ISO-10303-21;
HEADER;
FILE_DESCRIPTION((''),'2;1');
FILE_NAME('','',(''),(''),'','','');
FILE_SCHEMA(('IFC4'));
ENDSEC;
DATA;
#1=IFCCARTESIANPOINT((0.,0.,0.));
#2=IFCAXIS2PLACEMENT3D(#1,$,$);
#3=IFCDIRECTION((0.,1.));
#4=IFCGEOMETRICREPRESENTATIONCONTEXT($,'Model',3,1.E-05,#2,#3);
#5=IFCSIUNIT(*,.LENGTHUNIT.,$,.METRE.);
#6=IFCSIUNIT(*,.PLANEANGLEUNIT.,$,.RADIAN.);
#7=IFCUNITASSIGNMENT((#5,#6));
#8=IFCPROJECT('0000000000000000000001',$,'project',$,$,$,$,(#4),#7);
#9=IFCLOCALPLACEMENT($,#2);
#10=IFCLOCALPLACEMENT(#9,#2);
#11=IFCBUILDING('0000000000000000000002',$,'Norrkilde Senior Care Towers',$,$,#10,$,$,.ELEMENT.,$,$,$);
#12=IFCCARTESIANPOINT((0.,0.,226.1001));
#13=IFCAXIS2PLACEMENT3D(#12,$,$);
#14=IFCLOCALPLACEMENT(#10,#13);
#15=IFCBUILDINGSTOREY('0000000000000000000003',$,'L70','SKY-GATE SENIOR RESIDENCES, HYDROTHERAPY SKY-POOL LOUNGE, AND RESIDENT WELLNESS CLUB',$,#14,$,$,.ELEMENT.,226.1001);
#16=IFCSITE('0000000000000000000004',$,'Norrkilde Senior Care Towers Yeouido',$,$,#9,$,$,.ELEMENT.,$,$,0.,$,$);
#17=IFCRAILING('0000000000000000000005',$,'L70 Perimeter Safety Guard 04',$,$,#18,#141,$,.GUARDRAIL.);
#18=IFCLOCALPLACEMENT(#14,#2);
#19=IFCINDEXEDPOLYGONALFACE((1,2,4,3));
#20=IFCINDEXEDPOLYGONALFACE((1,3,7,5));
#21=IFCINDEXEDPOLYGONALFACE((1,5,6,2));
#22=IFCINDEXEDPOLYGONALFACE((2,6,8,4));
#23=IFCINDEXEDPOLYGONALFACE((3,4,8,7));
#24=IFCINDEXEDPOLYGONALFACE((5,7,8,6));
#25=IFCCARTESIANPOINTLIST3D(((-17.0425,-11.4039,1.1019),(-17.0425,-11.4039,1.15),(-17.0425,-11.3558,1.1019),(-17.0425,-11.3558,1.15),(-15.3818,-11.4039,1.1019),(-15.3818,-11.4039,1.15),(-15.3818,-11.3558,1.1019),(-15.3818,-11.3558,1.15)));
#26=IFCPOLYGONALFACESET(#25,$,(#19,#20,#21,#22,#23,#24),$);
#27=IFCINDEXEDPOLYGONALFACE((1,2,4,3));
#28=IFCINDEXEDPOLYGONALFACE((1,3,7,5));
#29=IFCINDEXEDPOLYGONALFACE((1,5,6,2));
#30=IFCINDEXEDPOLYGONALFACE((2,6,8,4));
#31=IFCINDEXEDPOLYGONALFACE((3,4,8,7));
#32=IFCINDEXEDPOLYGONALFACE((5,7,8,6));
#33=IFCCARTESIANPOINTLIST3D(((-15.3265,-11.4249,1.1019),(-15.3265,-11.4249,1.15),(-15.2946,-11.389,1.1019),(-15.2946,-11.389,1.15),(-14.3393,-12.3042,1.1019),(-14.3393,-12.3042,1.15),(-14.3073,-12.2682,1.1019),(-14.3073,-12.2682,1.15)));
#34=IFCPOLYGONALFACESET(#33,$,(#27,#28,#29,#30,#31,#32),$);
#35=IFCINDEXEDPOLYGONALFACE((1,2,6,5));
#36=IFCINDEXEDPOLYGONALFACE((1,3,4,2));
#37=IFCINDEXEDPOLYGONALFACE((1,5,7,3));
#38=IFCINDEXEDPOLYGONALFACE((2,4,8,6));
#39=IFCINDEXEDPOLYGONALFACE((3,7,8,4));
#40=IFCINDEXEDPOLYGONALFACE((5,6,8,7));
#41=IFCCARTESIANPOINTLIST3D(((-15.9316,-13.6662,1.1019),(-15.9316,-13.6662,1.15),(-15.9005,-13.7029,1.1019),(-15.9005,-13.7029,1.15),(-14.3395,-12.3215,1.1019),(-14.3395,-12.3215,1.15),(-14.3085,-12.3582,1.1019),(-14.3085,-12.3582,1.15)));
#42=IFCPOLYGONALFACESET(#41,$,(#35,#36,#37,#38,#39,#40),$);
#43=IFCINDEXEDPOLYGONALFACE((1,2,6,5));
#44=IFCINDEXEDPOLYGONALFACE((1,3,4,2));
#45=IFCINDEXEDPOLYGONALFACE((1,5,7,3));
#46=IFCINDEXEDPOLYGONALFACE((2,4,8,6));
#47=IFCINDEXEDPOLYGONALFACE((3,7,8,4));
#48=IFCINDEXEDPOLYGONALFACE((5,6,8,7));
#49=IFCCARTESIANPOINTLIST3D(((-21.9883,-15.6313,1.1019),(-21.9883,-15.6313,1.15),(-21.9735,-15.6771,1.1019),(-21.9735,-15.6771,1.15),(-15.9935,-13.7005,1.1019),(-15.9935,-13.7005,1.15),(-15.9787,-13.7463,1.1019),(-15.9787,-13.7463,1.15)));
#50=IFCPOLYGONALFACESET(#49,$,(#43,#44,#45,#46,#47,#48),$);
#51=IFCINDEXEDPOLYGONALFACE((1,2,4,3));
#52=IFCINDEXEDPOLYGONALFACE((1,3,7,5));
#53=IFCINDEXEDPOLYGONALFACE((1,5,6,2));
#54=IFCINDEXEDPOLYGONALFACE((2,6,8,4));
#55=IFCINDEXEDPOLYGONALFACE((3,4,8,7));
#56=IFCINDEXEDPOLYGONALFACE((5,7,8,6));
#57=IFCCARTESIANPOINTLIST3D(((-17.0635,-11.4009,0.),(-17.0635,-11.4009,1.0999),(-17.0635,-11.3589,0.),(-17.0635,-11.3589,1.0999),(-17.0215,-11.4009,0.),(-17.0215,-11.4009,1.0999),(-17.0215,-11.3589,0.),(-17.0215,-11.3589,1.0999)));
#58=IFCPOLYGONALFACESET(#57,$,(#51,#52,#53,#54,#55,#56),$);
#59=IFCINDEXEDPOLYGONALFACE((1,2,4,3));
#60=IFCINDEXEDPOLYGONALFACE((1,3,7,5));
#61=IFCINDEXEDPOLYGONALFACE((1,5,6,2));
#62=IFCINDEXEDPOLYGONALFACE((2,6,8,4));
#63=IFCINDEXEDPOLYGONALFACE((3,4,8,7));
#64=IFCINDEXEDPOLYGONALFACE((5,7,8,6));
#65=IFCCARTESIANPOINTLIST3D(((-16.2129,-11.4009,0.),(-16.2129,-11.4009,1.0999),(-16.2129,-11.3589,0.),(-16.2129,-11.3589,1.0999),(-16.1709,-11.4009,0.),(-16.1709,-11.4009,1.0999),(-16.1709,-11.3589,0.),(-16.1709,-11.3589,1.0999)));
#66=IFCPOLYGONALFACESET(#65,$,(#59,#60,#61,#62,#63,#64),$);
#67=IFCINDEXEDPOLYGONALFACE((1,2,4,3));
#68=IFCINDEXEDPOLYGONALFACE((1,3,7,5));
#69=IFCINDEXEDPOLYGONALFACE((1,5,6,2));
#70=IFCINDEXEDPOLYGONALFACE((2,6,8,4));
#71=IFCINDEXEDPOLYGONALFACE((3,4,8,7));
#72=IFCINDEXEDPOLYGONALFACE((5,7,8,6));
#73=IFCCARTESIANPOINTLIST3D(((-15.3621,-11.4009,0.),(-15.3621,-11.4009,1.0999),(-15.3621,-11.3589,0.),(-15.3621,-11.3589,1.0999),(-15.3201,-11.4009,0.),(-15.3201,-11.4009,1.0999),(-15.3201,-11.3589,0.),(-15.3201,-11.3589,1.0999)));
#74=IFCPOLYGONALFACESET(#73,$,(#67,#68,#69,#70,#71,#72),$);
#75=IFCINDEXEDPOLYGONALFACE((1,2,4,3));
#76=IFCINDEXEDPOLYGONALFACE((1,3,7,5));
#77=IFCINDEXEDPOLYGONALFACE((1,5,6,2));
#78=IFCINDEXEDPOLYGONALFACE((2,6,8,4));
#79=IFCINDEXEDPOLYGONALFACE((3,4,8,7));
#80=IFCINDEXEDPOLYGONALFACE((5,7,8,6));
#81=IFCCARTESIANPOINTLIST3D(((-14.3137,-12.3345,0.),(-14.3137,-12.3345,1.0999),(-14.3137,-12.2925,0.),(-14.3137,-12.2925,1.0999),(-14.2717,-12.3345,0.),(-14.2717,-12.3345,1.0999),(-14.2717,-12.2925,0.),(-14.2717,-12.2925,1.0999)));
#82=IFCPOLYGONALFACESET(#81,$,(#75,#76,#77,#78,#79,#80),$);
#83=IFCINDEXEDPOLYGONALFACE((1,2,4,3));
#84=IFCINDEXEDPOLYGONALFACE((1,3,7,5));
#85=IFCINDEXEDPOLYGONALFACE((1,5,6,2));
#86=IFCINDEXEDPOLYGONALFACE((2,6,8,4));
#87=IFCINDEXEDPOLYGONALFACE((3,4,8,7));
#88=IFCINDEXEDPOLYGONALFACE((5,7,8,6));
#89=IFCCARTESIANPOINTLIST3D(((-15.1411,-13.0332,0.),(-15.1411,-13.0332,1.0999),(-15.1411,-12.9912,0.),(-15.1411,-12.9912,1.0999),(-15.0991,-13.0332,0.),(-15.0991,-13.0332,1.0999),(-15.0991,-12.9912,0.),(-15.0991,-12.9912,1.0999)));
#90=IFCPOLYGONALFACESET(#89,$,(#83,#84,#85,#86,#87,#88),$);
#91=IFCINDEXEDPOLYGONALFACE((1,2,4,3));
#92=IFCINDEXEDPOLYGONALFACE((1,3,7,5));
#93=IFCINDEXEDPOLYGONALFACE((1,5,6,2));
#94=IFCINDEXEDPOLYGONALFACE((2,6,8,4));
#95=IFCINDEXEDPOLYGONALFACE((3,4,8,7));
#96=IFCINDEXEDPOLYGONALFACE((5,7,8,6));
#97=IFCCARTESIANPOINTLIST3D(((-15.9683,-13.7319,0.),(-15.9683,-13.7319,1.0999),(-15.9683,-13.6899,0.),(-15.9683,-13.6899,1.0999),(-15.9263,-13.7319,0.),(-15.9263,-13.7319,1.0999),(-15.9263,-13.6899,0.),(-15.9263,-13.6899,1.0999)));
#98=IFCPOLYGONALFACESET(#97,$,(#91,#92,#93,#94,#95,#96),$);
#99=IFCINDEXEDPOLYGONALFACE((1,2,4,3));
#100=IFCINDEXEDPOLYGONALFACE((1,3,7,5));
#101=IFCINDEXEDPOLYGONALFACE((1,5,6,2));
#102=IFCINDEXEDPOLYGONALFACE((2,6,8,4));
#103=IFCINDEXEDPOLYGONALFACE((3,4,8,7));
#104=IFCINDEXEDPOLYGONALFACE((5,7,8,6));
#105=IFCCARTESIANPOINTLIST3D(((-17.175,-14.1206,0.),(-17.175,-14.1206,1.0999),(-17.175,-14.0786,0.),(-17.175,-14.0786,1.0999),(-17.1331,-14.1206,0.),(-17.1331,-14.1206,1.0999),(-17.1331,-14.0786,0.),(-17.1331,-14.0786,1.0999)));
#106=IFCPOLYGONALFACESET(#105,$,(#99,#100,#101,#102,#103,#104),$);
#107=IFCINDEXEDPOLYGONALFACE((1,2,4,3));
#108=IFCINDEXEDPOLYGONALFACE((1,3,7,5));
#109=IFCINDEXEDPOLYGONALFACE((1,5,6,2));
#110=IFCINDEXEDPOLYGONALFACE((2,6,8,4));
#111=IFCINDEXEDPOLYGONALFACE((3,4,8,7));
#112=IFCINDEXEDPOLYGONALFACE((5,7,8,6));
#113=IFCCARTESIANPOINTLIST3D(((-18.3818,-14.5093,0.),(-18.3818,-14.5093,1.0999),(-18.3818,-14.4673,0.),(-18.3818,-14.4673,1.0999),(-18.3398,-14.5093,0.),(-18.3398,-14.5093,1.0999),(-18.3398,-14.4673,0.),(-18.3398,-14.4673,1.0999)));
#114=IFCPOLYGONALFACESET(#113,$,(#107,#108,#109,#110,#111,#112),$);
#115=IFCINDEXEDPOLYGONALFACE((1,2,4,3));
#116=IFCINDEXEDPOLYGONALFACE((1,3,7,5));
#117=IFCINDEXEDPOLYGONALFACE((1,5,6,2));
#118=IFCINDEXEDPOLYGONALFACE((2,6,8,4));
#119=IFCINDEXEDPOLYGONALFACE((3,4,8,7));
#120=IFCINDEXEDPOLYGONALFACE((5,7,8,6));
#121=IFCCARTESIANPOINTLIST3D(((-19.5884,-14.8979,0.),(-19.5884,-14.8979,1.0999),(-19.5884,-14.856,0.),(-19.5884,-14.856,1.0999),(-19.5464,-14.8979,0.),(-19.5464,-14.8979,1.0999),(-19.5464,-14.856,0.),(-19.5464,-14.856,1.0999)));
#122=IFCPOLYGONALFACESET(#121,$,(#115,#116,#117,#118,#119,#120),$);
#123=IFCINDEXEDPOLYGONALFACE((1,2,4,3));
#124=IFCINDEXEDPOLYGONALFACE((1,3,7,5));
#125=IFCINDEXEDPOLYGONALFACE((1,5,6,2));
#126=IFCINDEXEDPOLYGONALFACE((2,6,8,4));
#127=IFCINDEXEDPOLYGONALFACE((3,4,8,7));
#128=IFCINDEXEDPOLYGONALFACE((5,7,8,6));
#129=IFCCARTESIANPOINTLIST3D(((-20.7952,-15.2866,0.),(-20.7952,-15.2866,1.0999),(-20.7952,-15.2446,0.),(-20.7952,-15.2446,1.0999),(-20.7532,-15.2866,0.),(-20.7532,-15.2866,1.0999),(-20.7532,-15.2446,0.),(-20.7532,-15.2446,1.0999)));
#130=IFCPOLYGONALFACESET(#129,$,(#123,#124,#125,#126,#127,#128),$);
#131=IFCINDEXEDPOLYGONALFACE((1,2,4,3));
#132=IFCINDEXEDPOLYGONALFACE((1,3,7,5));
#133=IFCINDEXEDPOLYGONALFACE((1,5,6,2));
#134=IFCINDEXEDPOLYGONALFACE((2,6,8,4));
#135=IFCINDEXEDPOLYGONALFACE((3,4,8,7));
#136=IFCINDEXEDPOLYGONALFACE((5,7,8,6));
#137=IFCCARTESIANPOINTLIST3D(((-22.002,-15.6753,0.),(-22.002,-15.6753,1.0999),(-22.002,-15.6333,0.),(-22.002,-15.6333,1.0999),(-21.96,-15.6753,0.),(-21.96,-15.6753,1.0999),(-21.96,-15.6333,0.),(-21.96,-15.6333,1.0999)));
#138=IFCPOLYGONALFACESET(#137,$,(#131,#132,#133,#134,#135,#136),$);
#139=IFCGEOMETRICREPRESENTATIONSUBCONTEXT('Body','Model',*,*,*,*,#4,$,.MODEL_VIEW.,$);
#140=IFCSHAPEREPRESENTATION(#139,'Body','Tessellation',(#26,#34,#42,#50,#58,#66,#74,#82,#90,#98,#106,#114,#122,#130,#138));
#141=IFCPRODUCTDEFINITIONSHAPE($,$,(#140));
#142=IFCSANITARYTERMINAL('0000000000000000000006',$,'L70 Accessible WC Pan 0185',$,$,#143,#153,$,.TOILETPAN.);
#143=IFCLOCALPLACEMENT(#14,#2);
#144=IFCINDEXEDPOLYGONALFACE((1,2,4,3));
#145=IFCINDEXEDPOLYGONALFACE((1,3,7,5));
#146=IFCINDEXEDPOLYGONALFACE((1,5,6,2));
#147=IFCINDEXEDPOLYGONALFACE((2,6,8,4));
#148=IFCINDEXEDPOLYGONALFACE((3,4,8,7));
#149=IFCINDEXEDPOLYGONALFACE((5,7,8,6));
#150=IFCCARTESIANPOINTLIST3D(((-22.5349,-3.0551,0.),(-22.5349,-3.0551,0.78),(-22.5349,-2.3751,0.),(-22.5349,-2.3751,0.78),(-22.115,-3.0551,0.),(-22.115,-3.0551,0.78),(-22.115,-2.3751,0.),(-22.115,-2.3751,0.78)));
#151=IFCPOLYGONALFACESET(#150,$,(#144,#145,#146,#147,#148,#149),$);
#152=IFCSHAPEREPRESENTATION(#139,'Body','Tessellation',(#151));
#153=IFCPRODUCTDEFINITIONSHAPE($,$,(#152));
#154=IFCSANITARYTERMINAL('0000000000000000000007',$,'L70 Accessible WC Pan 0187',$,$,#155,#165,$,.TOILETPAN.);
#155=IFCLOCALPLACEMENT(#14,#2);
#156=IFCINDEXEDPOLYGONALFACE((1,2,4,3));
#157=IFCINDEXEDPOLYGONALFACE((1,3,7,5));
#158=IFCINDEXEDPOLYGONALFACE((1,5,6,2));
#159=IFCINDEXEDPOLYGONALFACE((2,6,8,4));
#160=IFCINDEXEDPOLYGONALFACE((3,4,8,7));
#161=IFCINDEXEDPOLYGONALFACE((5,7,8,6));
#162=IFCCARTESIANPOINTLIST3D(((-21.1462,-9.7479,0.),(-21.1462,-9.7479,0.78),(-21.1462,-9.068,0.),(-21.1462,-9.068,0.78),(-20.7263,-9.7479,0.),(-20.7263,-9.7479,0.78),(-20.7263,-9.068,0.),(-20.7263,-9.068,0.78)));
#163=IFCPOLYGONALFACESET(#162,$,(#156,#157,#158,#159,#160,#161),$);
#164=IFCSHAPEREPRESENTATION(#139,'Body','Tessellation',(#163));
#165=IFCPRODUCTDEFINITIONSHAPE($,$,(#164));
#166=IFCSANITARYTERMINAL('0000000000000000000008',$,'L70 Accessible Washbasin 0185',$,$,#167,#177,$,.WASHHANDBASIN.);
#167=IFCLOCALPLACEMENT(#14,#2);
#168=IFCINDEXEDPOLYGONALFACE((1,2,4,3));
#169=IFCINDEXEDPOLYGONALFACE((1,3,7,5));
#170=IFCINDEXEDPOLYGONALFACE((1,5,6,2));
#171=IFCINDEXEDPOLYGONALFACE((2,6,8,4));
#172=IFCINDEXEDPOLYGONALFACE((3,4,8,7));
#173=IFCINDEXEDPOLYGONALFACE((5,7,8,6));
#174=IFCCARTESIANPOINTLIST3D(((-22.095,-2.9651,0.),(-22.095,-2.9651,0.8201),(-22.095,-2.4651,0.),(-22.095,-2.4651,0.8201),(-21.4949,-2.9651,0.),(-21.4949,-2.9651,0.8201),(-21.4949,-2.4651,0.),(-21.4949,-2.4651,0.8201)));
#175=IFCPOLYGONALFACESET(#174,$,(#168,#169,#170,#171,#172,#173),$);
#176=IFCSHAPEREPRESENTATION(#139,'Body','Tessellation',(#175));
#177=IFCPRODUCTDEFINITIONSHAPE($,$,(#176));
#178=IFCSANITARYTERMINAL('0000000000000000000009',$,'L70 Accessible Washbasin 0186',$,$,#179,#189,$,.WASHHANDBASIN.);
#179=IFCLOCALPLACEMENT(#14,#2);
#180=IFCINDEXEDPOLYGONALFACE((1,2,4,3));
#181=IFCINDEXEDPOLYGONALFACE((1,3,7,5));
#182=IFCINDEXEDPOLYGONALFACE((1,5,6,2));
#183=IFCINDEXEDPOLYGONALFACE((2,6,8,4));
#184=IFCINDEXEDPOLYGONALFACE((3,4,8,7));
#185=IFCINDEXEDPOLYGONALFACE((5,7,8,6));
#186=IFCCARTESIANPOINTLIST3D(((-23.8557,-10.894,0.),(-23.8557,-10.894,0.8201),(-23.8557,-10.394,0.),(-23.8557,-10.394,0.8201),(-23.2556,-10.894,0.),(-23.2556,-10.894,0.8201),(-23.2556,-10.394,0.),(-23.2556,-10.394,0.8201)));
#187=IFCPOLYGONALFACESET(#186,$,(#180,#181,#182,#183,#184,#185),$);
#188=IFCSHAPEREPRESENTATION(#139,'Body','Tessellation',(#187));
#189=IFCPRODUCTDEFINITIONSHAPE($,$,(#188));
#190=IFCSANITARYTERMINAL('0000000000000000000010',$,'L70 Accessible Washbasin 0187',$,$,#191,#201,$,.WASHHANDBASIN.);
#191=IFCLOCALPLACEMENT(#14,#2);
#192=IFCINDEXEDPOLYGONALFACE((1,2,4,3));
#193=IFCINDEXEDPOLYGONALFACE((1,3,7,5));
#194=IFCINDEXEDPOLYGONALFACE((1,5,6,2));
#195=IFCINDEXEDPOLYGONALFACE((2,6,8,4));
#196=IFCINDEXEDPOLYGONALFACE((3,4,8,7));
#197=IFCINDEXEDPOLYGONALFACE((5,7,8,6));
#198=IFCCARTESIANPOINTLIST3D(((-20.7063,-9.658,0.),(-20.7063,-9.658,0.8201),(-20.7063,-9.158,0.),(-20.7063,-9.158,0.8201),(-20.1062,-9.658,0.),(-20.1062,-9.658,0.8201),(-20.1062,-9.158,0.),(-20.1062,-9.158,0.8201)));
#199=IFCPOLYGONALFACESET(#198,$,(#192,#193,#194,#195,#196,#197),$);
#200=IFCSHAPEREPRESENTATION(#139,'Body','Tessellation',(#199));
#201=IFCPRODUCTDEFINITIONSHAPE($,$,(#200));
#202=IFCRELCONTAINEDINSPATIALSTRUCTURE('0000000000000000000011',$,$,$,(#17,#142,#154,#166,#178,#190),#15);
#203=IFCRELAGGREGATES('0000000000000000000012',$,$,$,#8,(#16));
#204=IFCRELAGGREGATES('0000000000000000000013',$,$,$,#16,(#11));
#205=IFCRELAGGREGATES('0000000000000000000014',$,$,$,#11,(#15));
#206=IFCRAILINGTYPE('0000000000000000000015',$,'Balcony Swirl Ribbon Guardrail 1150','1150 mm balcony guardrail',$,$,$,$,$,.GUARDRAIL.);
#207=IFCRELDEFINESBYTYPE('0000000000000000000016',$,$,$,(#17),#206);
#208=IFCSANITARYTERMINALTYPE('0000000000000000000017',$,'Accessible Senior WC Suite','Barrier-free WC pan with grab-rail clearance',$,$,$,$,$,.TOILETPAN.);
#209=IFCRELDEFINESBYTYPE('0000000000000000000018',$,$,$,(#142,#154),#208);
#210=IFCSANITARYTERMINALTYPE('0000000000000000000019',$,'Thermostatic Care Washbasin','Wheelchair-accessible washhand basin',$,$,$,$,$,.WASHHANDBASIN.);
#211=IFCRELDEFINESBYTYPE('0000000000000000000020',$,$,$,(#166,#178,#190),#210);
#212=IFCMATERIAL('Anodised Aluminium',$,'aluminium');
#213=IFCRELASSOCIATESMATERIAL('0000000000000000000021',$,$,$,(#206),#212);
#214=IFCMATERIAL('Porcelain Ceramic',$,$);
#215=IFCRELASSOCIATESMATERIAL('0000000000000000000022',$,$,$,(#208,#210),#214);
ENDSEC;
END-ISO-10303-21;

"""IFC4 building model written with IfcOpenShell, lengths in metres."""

from ifc_helpers import new_model, si_unit, direction, frame, origin, origin_2d, place, context, subcontext, project, spatial, rectangle, extrude, source, transform, mapped, material, type_object, type_shapes, element, save


model = new_model("IFC4")

# Units and contexts
model_context = context("Model", 3, precision=1e-05, world=origin(), true_north=direction((0.0, 1.0)))
body_context = subcontext(model_context, "Body", "Model", "MODEL_VIEW")
ifc_project = project(units=[si_unit("LENGTHUNIT", "METRE"), si_unit("PLANEANGLEUNIT", "RADIAN")], contexts=[model_context])

# Site, building, storey
site_placement = place(None, origin())
site = spatial("IfcSite", under=ifc_project, at=site_placement, Name="Norrkilde Senior Care Towers Yeouido", CompositionType="ELEMENT", RefElevation=0.0)
building_placement = place(site_placement, origin())
building = spatial("IfcBuilding", under=site, at=building_placement, Name="Norrkilde Senior Care Towers", CompositionType="ELEMENT")
storey_placement = place(building_placement, frame((0.0, 0.0, 226.1001)))
storey = spatial("IfcBuildingStorey", under=building, at=storey_placement, Name="L70", Description="SKY-GATE SENIOR RESIDENCES, HYDROTHERAPY SKY-POOL LOUNGE, AND RESIDENT WELLNESS CLUB", CompositionType="ELEMENT", Elevation=226.1001)

# Shared definitions
ifc_material_1 = material(Name="Anodised Aluminium", Category="aluminium")

# Railing
railing_type = type_object("IfcRailingType", Name="Balcony Swirl Ribbon Guardrail 1150", Description="1150 mm balcony guardrail", PredefinedType="GUARDRAIL", material=ifc_material_1)
railing_1_placement = place(storey_placement, frame((-17.0425, -11.3799, 0.0)))
element("IfcRailing", 1, at=railing_1_placement, inside=storey, type_object=railing_type, Name="L70 Perimeter Safety Guard 04", PredefinedType="GUARDRAIL", context=body_context, shape_type="SweptSolid", body=[
    extrude(rectangle(XDim=0.0481, YDim=0.0481, at=origin_2d()), frame((0.0, 0.0, 1.126), z_axis=(1.0, 0.0, 0.0), x_axis=(0.0, 1.0, 0.0)), (0.0, 0.0, 1.0), 1.6606),
    extrude(rectangle(XDim=0.0481, YDim=0.0481, at=origin_2d()), frame((1.7319, -0.0271, 1.126), z_axis=(0.746795, -0.665054, 0.0), x_axis=(0.665054, 0.746795, 0.0)), (0.0, 0.0, 1.0), 1.322),
    extrude(rectangle(XDim=0.0481, YDim=0.0481, at=origin_2d()), frame((2.7185, -0.96, 1.126), z_axis=(-0.763963, -0.64526, 0.0), x_axis=(0.64526, -0.763963, 0.0)), (0.0, 0.0, 1.0), 2.084),
    extrude(rectangle(XDim=0.0481, YDim=0.0481, at=origin_2d()), frame((1.0564, -2.3435, 1.126), z_axis=(-0.951846, -0.306575, 0.0), x_axis=(0.306575, -0.951846, 0.0)), (0.0, 0.0, 1.0), 6.2981),
    extrude(rectangle(XDim=0.042, YDim=0.042, at=origin_2d()), origin(), (0.0, 0.0, 1.0), 1.0999),
    extrude(rectangle(XDim=0.042, YDim=0.042, at=origin_2d()), frame((0.8506, 0.0, 0.0)), (0.0, 0.0, 1.0), 1.0999),
    extrude(rectangle(XDim=0.042, YDim=0.042, at=origin_2d()), frame((1.7014, 0.0, 0.0)), (0.0, 0.0, 1.0), 1.0999),
    extrude(rectangle(XDim=0.042, YDim=0.042, at=origin_2d()), frame((2.7498, -0.9336, 0.0)), (0.0, 0.0, 1.0), 1.0999),
    extrude(rectangle(XDim=0.042, YDim=0.042, at=origin_2d()), frame((1.9224, -1.6323, 0.0)), (0.0, 0.0, 1.0), 1.0999),
    extrude(rectangle(XDim=0.042, YDim=0.042, at=origin_2d()), frame((1.0952, -2.3311, 0.0)), (0.0, 0.0, 1.0), 1.0999),
    extrude(rectangle(XDim=0.042, YDim=0.042, at=origin_2d()), frame((-0.1116, -2.7197, 0.0)), (0.0, 0.0, 1.0), 1.0999),
    extrude(rectangle(XDim=0.042, YDim=0.042, at=origin_2d()), frame((-1.3184, -3.1084, 0.0)), (0.0, 0.0, 1.0), 1.0999),
    extrude(rectangle(XDim=0.042, YDim=0.042, at=origin_2d()), frame((-2.5249, -3.4971, 0.0)), (0.0, 0.0, 1.0), 1.0999),
    extrude(rectangle(XDim=0.042, YDim=0.042, at=origin_2d()), frame((-3.7317, -3.8857, 0.0)), (0.0, 0.0, 1.0), 1.0999),
    extrude(rectangle(XDim=0.042, YDim=0.042, at=origin_2d()), frame((-4.9385, -4.2744, 0.0)), (0.0, 0.0, 1.0), 1.0999),
])

# Sanitary terminals
ifc_material_2 = material(Name="Porcelain Ceramic")
sanitary_terminal_type_1 = type_object("IfcSanitaryTerminalType", Name="Accessible Senior WC Suite", Description="Barrier-free WC pan with grab-rail clearance", PredefinedType="TOILETPAN", material=ifc_material_2)
shared_shape_1 = source(origin(), body_context, "Body", "SweptSolid", [
    extrude(rectangle(XDim=0.4199, YDim=0.6799, at=origin_2d()), origin(), (0.0, 0.0, 1.0), 0.78),
])
type_shapes(sanitary_terminal_type_1, [shared_shape_1])
for number, where, z_axis, x_axis, name in (
    (2, (-22.325, -2.7151, 0.0), (0.0, 0.0, 1.0), (1.0, 0.0, 0.0), "L70 Accessible WC Pan 0185"),
    (3, (-20.9363, -9.408, 0.0), (0.0, 0.0, 1.0), (1.0, 0.0, 0.0), "L70 Accessible WC Pan 0187"),
):
    element("IfcSanitaryTerminal", number, at=place(storey_placement, frame(where, z_axis=z_axis, x_axis=x_axis)), inside=storey, type_object=sanitary_terminal_type_1, Name=name, PredefinedType="TOILETPAN", context=body_context, shape_type="MappedRepresentation", body=[
        mapped(shared_shape_1, transform((0.0, 0.0, 0.0), x_axis=(1.0, 0.0, 0.0), y_axis=(0.0, 1.0, 0.0), z_axis=(0.0, 0.0, 1.0), scale=1.0)),
    ])
sanitary_terminal_type_2 = type_object("IfcSanitaryTerminalType", Name="Thermostatic Care Washbasin", Description="Wheelchair-accessible washhand basin", PredefinedType="WASHHANDBASIN", material=ifc_material_2)
shared_shape_2 = source(origin(), body_context, "Body", "SweptSolid", [
    extrude(rectangle(XDim=0.6001, YDim=0.5, at=origin_2d()), origin(), (0.0, 0.0, 1.0), 0.8201),
])
type_shapes(sanitary_terminal_type_2, [shared_shape_2])
for number, where, z_axis, x_axis, name in (
    (4, (-21.7949, -2.7151, 0.0), (0.0, 0.0, 1.0), (1.0, 0.0, 0.0), "L70 Accessible Washbasin 0185"),
    (5, (-23.5557, -10.644, 0.0), (0.0, 0.0, 1.0), (1.0, 0.0, 0.0), "L70 Accessible Washbasin 0186"),
    (6, (-20.4062, -9.408, 0.0), (0.0, 0.0, 1.0), (1.0, 0.0, 0.0), "L70 Accessible Washbasin 0187"),
):
    element("IfcSanitaryTerminal", number, at=place(storey_placement, frame(where, z_axis=z_axis, x_axis=x_axis)), inside=storey, type_object=sanitary_terminal_type_2, Name=name, PredefinedType="WASHHANDBASIN", context=body_context, shape_type="MappedRepresentation", body=[
        mapped(shared_shape_2, transform((0.0, 0.0, 0.0), x_axis=(1.0, 0.0, 0.0), y_axis=(0.0, 1.0, 0.0), z_axis=(0.0, 0.0, 1.0), scale=1.0)),
    ])

save(model, "model.ifc")
